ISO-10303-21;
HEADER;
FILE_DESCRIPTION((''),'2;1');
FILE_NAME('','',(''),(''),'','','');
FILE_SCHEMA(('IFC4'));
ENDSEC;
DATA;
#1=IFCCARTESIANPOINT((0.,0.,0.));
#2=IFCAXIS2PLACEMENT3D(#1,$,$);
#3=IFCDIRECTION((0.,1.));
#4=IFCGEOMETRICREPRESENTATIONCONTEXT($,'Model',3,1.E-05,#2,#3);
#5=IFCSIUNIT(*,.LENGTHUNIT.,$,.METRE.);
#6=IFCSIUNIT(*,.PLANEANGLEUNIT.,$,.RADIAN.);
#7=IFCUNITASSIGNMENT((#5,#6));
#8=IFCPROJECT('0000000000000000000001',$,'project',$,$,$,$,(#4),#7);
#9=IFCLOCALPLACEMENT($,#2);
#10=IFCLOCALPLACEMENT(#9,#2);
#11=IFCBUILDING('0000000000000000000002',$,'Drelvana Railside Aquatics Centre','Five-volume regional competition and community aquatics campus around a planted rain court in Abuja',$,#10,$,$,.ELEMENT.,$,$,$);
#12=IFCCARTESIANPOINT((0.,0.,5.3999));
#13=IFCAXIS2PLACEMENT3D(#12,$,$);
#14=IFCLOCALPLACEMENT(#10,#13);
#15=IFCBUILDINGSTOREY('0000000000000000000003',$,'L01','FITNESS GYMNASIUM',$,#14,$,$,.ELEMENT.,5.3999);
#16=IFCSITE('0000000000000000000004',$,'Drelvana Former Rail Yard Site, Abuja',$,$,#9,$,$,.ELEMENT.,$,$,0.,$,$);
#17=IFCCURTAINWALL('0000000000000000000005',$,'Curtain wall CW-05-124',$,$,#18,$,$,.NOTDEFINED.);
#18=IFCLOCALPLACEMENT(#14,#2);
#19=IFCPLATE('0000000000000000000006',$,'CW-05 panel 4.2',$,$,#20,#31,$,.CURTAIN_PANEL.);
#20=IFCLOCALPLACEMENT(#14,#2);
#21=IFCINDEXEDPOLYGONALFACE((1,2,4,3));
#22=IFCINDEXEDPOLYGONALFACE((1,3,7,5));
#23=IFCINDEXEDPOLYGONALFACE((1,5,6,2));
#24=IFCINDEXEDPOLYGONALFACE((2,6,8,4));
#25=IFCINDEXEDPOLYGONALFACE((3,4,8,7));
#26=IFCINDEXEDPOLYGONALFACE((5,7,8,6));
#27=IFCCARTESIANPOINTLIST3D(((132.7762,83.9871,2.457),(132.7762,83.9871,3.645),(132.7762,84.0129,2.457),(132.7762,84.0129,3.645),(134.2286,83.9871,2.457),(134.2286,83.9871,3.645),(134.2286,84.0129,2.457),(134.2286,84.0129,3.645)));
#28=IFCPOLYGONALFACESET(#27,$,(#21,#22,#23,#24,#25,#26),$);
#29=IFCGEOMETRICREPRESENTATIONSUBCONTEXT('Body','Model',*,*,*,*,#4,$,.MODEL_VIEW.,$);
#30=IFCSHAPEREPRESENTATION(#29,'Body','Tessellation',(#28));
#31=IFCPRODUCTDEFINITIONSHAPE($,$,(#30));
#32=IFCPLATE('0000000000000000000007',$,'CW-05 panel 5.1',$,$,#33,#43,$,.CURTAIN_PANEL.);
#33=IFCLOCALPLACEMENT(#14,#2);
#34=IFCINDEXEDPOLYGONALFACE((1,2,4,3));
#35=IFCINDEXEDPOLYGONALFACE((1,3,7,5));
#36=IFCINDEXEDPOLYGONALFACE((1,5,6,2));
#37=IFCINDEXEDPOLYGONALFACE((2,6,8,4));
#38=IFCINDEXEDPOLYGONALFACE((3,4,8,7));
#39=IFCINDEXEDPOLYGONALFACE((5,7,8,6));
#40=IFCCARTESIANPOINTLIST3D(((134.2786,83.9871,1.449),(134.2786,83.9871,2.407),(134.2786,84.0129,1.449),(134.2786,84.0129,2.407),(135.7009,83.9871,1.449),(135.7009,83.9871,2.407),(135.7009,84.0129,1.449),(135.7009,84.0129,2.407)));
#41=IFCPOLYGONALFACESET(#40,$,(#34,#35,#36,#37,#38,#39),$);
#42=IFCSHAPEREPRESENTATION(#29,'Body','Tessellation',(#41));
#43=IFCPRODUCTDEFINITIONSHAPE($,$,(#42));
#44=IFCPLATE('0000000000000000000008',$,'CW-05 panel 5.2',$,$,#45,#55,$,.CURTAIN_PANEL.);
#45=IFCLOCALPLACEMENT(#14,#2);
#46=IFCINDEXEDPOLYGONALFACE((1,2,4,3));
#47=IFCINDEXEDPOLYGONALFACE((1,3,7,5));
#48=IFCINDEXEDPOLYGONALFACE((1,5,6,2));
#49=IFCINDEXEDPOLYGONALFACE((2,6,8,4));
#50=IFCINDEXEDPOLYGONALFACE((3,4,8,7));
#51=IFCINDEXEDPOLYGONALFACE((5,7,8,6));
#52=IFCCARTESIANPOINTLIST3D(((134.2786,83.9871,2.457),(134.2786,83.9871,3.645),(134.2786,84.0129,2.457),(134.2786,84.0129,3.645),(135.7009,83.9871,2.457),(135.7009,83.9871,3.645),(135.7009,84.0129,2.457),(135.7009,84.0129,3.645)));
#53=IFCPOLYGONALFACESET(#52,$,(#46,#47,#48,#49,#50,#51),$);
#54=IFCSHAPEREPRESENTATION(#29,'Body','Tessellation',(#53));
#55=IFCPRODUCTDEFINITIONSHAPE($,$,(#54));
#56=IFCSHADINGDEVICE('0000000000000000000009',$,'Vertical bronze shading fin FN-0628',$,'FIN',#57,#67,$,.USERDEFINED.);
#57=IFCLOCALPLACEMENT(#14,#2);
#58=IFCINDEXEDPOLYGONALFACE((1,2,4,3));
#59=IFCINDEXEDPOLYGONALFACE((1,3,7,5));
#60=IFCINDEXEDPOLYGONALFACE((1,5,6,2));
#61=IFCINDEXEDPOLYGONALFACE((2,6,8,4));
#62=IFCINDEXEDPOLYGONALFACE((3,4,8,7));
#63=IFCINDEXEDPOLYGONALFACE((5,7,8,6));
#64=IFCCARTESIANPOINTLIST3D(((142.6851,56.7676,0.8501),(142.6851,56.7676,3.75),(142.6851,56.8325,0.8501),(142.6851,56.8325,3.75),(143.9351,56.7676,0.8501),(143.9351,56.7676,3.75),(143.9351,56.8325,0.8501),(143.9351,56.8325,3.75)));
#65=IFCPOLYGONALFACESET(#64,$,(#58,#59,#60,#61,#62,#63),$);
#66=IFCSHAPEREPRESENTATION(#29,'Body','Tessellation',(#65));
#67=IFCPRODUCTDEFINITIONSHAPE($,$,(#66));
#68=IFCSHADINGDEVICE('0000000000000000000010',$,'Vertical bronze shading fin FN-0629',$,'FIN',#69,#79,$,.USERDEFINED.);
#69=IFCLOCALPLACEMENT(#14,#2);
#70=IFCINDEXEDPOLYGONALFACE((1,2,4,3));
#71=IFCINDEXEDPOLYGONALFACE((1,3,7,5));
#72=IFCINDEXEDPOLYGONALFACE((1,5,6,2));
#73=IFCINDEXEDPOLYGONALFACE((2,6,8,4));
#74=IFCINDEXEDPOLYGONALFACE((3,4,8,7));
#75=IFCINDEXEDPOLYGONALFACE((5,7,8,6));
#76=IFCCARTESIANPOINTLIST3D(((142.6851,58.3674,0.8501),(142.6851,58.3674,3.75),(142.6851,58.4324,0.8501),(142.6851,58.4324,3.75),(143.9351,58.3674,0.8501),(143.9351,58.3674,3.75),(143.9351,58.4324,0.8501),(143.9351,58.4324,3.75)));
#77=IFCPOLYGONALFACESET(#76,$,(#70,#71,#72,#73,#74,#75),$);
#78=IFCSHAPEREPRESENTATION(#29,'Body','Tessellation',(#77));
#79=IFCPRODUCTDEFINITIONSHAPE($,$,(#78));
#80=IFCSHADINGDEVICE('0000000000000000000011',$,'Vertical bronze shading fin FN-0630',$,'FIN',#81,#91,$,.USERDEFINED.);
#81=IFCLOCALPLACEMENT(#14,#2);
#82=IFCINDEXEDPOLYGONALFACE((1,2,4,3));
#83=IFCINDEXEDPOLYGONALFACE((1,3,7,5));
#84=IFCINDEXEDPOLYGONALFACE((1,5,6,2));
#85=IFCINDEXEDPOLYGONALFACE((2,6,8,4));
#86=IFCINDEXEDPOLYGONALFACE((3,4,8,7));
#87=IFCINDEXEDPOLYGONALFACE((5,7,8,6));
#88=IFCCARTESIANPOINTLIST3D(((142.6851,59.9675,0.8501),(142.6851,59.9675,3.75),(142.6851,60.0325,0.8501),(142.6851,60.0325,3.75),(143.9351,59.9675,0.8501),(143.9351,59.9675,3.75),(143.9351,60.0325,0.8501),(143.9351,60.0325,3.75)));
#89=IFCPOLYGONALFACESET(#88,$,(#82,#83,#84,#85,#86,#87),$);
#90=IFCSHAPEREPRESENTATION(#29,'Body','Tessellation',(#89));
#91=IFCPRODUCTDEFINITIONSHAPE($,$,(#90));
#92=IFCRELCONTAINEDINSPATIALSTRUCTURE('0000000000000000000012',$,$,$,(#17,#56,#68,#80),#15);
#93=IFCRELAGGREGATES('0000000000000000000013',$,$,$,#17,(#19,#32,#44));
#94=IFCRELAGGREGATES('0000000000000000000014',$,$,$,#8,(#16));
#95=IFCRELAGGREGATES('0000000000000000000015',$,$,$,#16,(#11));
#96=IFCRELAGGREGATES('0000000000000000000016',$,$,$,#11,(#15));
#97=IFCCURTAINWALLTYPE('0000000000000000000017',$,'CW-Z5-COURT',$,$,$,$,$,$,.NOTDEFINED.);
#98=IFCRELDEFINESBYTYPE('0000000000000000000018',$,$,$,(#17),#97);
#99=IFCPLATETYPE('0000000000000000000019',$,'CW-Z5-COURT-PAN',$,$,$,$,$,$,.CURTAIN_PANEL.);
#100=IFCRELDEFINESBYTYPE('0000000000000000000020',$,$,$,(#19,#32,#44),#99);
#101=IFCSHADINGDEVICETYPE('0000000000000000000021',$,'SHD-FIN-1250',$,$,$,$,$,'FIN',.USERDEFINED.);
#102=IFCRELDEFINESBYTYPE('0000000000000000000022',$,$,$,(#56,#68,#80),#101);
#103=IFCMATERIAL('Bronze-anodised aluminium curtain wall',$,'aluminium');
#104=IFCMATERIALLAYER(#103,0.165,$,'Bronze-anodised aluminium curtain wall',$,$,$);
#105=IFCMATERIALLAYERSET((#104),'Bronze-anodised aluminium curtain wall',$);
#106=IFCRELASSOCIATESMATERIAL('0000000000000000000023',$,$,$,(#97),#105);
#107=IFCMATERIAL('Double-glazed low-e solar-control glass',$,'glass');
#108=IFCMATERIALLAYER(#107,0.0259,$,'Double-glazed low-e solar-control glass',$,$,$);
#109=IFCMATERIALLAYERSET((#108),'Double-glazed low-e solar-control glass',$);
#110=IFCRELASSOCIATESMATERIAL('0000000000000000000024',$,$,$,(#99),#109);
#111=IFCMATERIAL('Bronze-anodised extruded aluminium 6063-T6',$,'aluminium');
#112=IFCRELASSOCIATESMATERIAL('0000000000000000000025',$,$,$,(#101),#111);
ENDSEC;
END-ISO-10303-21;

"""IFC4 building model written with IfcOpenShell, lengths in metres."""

from ifc_helpers import new_model, si_unit, direction, frame, origin, origin_2d, place, context, subcontext, project, spatial, rectangle, extrude, material, layer, layer_set, type_object, element, aggregate, save


model = new_model("IFC4")

# Units and contexts
model_context = context("Model", 3, precision=1e-05, world=origin(), true_north=direction((0.0, 1.0)))
body_context = subcontext(model_context, "Body", "Model", "MODEL_VIEW")
ifc_project = project(units=[si_unit("LENGTHUNIT", "METRE"), si_unit("PLANEANGLEUNIT", "RADIAN")], contexts=[model_context])

# Site, building, storey
site_placement = place(None, origin())
site = spatial("IfcSite", under=ifc_project, at=site_placement, Name="Drelvana Former Rail Yard Site, Abuja", CompositionType="ELEMENT", RefElevation=0.0)
building_placement = place(site_placement, origin())
building = spatial("IfcBuilding", under=site, at=building_placement, Name="Drelvana Railside Aquatics Centre", Description="Five-volume regional competition and community aquatics campus around a planted rain court in Abuja", CompositionType="ELEMENT")
storey_placement = place(building_placement, frame((0.0, 0.0, 5.3999)))
storey = spatial("IfcBuildingStorey", under=building, at=storey_placement, Name="L01", Description="FITNESS GYMNASIUM", CompositionType="ELEMENT", Elevation=5.3999)

# Curtain wall
ifc_material_1 = material(Name="Bronze-anodised aluminium curtain wall", Category="aluminium")
ifc_layer_1 = layer(ifc_material_1, 0.165, Name="Bronze-anodised aluminium curtain wall")
ifc_layer_set_1 = layer_set([ifc_layer_1], Name="Bronze-anodised aluminium curtain wall")
curtain_wall_type = type_object("IfcCurtainWallType", Name="CW-Z5-COURT", PredefinedType="NOTDEFINED", material=ifc_layer_set_1)
curtain_wall_placement = place(storey_placement, origin())
curtain_wall = element("IfcCurtainWall", 1, at=curtain_wall_placement, inside=storey, type_object=curtain_wall_type, Name="Curtain wall CW-05-124", PredefinedType="NOTDEFINED")

# Plates
ifc_material_2 = material(Name="Double-glazed low-e solar-control glass", Category="glass")
ifc_layer_2 = layer(ifc_material_2, 0.0259, Name="Double-glazed low-e solar-control glass")
ifc_layer_set_2 = layer_set([ifc_layer_2], Name="Double-glazed low-e solar-control glass")
plate_type = type_object("IfcPlateType", Name="CW-Z5-COURT-PAN", PredefinedType="CURTAIN_PANEL", material=ifc_layer_set_2)
plate_1_placement = place(storey_placement, frame((133.5024, 84.0, 2.457), z_axis=(0.0, 0.0, 1.0), x_axis=(1.0, 0.0, 0.0)))
plate_1 = element("IfcPlate", 2, at=plate_1_placement, type_object=plate_type, Name="CW-05 panel 4.2", PredefinedType="CURTAIN_PANEL", context=body_context, shape_type="SweptSolid", body=[
    extrude(rectangle(XDim=1.4524, YDim=0.0259, at=origin_2d()), origin(), (0.0, 0.0, 1.0), 1.188),
])
plate_2_placement = place(storey_placement, frame((134.9897, 84.0, 1.449), z_axis=(0.0, 0.0, 1.0), x_axis=(1.0, 0.0, 0.0)))
plate_2 = element("IfcPlate", 3, at=plate_2_placement, type_object=plate_type, Name="CW-05 panel 5.1", PredefinedType="CURTAIN_PANEL", context=body_context, shape_type="SweptSolid", body=[
    extrude(rectangle(XDim=1.4224, YDim=0.0259, at=origin_2d()), origin(), (0.0, 0.0, 1.0), 0.958),
])
plate_3_placement = place(storey_placement, frame((134.9897, 84.0, 2.457), z_axis=(0.0, 0.0, 1.0), x_axis=(1.0, 0.0, 0.0)))
plate_3 = element("IfcPlate", 4, at=plate_3_placement, type_object=plate_type, Name="CW-05 panel 5.2", PredefinedType="CURTAIN_PANEL", context=body_context, shape_type="SweptSolid", body=[
    extrude(rectangle(XDim=1.4224, YDim=0.0259, at=origin_2d()), origin(), (0.0, 0.0, 1.0), 1.188),
])
aggregate(curtain_wall, [plate_1, plate_2, plate_3])

# Shading devices
ifc_material_3 = material(Name="Bronze-anodised extruded aluminium 6063-T6", Category="aluminium")
shading_device_type = type_object("IfcShadingDeviceType", Name="SHD-FIN-1250", ElementType="FIN", PredefinedType="USERDEFINED", material=ifc_material_3)
for number, where, z_axis, x_axis, name in (
    (5, (143.3101, 56.8, 0.8501), (0.0, 0.0, 1.0), (-1.0, 0.0, 0.0), "Vertical bronze shading fin FN-0628"),
    (6, (143.3101, 58.3999, 0.8501), (0.0, 0.0, 1.0), (-1.0, 0.0, 0.0), "Vertical bronze shading fin FN-0629"),
    (7, (143.3101, 60.0, 0.8501), (0.0, 0.0, 1.0), (-1.0, 0.0, 0.0), "Vertical bronze shading fin FN-0630"),
):
    element("IfcShadingDevice", number, at=place(storey_placement, frame(where, z_axis=z_axis, x_axis=x_axis)), inside=storey, type_object=shading_device_type, Name=name, ObjectType="FIN", PredefinedType="USERDEFINED", context=body_context, shape_type="SweptSolid", body=[
        extrude(rectangle(XDim=1.25, YDim=0.0649, at=origin_2d()), origin(), (0.0, 0.0, 1.0), 2.8999),
    ])

save(model, "model.ifc")
